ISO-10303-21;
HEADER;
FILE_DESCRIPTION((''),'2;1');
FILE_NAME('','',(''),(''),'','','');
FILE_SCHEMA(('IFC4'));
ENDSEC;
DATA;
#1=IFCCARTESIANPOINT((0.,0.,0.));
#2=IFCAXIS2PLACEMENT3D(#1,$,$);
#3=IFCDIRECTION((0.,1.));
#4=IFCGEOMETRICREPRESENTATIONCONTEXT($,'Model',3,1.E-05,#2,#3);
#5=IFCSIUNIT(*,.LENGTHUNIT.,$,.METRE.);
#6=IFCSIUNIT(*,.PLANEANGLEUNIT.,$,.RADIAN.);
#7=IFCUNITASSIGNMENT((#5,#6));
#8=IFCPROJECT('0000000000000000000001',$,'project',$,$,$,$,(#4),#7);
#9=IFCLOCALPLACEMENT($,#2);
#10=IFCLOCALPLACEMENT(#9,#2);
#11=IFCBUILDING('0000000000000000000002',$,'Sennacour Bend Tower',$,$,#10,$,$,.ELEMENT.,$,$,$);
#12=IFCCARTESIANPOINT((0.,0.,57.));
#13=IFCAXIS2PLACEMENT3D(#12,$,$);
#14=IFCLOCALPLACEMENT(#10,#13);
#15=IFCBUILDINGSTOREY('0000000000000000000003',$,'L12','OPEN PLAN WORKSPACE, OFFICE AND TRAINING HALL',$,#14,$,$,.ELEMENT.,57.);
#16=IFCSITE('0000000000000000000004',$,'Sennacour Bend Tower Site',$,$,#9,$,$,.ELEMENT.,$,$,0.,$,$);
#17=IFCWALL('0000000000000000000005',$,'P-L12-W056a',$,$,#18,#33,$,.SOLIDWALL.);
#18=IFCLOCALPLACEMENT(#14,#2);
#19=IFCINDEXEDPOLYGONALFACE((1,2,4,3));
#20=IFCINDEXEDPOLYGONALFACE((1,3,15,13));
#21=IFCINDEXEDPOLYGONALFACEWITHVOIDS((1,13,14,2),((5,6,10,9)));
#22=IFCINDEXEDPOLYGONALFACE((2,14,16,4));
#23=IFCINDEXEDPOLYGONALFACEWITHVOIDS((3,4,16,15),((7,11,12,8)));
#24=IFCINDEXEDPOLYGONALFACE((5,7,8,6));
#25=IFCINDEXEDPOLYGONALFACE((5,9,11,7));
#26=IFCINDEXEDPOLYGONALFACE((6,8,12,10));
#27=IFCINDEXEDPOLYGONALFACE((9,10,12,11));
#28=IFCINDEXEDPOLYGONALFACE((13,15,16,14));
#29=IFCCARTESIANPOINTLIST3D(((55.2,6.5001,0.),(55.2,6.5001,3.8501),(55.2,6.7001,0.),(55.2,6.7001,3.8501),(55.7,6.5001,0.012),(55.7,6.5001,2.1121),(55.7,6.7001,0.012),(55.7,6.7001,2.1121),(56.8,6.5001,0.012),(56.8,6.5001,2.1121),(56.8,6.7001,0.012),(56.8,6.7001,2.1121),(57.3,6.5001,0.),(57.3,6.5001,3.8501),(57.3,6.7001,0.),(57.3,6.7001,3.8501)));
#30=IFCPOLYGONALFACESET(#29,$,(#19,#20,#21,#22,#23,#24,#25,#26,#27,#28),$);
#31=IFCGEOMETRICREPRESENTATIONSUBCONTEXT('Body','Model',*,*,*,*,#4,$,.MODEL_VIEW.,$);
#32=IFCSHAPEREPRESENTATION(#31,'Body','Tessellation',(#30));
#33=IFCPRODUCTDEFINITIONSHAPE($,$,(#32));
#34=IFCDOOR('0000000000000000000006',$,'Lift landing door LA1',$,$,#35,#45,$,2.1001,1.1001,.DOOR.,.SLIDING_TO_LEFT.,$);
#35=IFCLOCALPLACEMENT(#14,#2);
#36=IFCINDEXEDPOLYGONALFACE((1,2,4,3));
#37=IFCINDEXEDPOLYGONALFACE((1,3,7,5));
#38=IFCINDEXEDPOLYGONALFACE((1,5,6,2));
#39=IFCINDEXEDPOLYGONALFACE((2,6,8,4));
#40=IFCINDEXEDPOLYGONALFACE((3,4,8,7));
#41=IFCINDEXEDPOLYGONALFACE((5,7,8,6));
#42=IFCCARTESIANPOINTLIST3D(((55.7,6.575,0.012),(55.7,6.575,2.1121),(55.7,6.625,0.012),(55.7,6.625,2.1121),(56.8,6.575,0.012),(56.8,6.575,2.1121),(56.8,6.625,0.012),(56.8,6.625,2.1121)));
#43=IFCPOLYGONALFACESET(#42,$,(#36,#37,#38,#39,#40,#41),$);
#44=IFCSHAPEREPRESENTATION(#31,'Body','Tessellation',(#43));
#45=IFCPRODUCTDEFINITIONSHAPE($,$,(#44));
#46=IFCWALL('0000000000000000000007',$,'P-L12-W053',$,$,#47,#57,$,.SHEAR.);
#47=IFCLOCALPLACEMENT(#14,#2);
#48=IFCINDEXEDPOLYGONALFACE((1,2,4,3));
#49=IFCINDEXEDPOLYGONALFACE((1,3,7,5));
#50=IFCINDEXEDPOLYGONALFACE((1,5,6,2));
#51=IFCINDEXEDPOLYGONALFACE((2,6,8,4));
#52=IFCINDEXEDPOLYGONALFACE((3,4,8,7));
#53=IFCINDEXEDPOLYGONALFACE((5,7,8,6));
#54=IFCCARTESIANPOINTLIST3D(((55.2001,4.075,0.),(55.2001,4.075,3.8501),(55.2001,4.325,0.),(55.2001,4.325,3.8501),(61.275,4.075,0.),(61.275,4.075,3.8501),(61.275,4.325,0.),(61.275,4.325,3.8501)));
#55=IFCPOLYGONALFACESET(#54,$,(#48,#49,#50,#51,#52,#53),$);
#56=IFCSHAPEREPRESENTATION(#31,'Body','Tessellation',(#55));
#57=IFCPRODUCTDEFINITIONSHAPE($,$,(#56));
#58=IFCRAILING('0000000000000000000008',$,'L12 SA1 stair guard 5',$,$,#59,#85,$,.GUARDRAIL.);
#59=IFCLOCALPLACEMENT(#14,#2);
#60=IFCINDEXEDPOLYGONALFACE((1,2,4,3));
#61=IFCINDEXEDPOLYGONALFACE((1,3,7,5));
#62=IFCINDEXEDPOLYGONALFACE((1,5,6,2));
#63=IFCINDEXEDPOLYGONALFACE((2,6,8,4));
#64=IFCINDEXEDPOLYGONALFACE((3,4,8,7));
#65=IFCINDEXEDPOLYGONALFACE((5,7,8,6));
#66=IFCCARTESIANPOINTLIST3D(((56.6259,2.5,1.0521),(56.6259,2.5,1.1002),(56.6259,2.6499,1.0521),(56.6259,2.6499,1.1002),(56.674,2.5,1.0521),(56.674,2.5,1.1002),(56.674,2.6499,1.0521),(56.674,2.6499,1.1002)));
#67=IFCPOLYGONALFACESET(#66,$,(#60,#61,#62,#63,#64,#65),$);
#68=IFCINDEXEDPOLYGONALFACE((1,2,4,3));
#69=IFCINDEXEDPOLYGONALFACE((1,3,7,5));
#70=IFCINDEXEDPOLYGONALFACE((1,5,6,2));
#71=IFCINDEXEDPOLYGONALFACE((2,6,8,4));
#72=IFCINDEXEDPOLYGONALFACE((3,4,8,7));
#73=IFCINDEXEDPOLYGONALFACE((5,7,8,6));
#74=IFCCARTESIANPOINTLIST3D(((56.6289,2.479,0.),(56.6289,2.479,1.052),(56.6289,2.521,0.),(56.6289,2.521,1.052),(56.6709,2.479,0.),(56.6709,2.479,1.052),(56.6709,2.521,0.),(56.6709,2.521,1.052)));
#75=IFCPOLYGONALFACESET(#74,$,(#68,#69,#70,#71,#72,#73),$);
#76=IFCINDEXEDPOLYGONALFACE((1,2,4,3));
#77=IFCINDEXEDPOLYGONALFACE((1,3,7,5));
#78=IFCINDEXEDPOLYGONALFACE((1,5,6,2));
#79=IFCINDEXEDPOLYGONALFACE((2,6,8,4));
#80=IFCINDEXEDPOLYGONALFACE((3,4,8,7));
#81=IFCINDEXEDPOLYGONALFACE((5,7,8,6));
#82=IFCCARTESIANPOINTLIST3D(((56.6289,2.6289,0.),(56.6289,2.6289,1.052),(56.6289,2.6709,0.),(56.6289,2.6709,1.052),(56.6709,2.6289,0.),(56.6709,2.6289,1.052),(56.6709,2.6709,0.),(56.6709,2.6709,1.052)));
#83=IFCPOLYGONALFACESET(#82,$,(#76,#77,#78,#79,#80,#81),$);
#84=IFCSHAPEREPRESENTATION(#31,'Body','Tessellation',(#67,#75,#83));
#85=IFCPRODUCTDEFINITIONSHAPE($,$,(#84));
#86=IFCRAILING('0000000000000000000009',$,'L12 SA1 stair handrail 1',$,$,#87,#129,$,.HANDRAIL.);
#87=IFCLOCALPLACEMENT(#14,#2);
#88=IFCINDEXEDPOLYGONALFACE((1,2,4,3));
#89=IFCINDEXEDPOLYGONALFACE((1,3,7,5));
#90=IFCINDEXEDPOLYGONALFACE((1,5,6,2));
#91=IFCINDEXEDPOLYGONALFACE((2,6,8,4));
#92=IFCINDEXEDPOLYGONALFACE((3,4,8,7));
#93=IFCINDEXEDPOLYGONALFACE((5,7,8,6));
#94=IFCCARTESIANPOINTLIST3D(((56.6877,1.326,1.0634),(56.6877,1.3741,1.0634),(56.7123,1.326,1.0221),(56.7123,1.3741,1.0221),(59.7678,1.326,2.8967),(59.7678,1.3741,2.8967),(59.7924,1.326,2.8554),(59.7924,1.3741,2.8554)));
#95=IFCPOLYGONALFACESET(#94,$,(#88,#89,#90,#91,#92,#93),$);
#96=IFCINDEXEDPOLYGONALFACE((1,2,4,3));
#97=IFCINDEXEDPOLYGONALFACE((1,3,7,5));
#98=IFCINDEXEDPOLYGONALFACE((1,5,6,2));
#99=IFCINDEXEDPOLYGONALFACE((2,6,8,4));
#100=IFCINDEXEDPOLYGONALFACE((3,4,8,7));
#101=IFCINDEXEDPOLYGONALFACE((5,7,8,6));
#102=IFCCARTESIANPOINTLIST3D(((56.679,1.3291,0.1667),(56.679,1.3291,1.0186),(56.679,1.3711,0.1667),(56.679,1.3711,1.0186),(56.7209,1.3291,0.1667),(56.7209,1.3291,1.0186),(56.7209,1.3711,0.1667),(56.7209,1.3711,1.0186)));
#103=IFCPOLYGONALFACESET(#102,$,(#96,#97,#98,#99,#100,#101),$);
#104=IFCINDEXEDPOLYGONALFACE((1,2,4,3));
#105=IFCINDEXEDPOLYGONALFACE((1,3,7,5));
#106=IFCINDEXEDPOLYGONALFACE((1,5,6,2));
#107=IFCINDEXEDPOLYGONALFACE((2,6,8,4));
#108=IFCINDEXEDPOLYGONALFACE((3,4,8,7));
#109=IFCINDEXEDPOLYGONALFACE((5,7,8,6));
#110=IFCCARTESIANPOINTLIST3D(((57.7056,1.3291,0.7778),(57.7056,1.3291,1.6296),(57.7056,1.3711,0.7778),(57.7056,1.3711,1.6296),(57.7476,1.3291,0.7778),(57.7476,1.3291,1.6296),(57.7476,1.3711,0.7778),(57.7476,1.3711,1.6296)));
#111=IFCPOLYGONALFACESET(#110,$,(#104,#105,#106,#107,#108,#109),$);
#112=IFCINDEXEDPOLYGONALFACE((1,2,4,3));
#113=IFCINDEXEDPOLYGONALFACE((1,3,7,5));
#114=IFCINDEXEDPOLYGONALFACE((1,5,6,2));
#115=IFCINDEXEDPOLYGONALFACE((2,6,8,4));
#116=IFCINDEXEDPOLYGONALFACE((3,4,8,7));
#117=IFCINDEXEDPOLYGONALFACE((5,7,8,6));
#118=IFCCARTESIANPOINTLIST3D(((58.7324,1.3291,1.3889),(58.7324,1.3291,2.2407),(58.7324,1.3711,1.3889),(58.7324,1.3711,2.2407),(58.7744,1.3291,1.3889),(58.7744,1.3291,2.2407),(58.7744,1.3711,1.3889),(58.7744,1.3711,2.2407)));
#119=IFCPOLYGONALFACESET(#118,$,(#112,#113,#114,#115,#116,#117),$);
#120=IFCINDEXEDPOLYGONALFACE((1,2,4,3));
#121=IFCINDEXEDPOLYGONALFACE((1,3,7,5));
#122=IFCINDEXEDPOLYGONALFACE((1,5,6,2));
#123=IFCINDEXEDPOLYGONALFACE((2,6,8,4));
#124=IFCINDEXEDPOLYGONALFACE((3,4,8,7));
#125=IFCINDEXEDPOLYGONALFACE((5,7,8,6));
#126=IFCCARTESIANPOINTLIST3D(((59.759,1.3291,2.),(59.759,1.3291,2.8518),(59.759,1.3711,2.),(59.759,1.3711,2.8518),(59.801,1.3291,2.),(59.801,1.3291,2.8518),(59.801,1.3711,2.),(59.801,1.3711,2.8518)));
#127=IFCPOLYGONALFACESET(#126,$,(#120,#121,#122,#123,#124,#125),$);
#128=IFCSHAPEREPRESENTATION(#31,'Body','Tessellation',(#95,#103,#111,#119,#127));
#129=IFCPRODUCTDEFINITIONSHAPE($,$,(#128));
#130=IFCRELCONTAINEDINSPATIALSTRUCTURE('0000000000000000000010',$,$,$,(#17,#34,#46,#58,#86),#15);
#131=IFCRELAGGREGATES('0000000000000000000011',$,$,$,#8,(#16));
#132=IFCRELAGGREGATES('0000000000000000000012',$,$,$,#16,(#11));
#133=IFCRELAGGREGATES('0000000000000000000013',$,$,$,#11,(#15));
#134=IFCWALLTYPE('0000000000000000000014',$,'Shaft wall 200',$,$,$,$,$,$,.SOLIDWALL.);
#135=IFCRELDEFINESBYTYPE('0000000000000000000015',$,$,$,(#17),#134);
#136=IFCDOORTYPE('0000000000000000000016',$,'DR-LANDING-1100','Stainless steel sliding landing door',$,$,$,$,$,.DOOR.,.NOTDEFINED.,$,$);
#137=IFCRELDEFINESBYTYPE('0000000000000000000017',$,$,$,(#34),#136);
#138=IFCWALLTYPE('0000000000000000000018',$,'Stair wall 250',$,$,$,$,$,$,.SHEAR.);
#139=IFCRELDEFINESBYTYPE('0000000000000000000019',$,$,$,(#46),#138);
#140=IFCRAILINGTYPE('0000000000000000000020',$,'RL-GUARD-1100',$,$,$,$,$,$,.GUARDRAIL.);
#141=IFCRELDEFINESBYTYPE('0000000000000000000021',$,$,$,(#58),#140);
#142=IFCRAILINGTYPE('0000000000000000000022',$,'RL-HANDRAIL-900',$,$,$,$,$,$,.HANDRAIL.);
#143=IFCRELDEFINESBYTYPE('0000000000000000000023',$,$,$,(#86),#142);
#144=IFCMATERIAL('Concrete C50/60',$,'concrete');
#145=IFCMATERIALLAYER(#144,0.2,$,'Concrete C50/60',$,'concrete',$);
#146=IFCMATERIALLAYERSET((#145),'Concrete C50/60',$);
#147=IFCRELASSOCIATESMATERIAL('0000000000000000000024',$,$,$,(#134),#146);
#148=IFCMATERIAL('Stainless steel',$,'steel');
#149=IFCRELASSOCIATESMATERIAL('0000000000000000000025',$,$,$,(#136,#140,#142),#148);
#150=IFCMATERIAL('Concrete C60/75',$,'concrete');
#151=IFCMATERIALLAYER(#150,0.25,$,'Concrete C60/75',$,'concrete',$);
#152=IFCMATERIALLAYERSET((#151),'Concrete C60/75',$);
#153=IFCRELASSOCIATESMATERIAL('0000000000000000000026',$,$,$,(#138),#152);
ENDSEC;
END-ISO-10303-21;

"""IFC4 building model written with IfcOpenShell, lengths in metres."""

from ifc_helpers import new_model, si_unit, direction, frame, frame_2d, origin, origin_2d, place, context, subcontext, project, spatial, rectangle, extrude, material, layer, layer_set, type_object, element, fill, save


model = new_model("IFC4")

# Units and contexts
model_context = context("Model", 3, precision=1e-05, world=origin(), true_north=direction((0.0, 1.0)))
body_context = subcontext(model_context, "Body", "Model", "MODEL_VIEW")
ifc_project = project(units=[si_unit("LENGTHUNIT", "METRE"), si_unit("PLANEANGLEUNIT", "RADIAN")], contexts=[model_context])

# Site, building, storey
site_placement = place(None, origin())
site = spatial("IfcSite", under=ifc_project, at=site_placement, Name="Sennacour Bend Tower Site", CompositionType="ELEMENT", RefElevation=0.0)
building_placement = place(site_placement, origin())
building = spatial("IfcBuilding", under=site, at=building_placement, Name="Sennacour Bend Tower", CompositionType="ELEMENT")
storey_placement = place(building_placement, frame((0.0, 0.0, 57.0)))
storey = spatial("IfcBuildingStorey", under=building, at=storey_placement, Name="L12", Description="OPEN PLAN WORKSPACE, OFFICE AND TRAINING HALL", CompositionType="ELEMENT", Elevation=57.0)

# Wall, opening, door
ifc_material_1 = material(Name="Concrete C50/60", Category="concrete")
ifc_layer_1 = layer(ifc_material_1, 0.2, Name="Concrete C50/60", Category="concrete")
ifc_layer_set_1 = layer_set([ifc_layer_1], Name="Concrete C50/60")
wall_type_1 = type_object("IfcWallType", Name="Shaft wall 200", PredefinedType="SOLIDWALL", material=ifc_layer_set_1)
wall_1_placement = place(storey_placement, frame((55.2, 6.6001, 0.0), z_axis=(0.0, 0.0, 1.0), x_axis=(1.0, 0.0, 0.0)))
wall_1 = element("IfcWall", 1, at=wall_1_placement, inside=storey, type_object=wall_type_1, Name="P-L12-W056a", PredefinedType="SOLIDWALL", context=body_context, shape_type="SweptSolid", body=[
    extrude(rectangle(XDim=2.1001, YDim=0.2, at=frame_2d((1.05, 0.0))), origin(), (0.0, 0.0, 1.0), 3.8501),
])
opening_1_placement = place(wall_1_placement, frame((0.5, 0.0, 0.012)))
opening_1 = element("IfcOpeningElement", 2, at=opening_1_placement, cuts=wall_1, PredefinedType="OPENING", context=body_context, shape_type="SweptSolid", body=[
    extrude(rectangle(XDim=1.1001, YDim=2.1001, at=frame_2d((0.55, 1.05))), frame((0.0, 0.1099, 0.0), z_axis=(0.0, -1.0, 0.0), x_axis=(1.0, 0.0, 0.0)), (0.0, 0.0, 1.0), 0.22),
])
ifc_material_2 = material(Name="Stainless steel", Category="steel")
door_type_1 = type_object("IfcDoorType", Name="DR-LANDING-1100", Description="Stainless steel sliding landing door", OperationType="NOTDEFINED", PredefinedType="DOOR", material=ifc_material_2)
door_1_placement = place(opening_1_placement, origin())
door_1 = element("IfcDoor", 3, at=door_1_placement, inside=storey, type_object=door_type_1, Name="Lift landing door LA1", OperationType="SLIDING_TO_LEFT", OverallHeight=2.1001, OverallWidth=1.1001, PredefinedType="DOOR", context=body_context, shape_type="SweptSolid", body=[
    extrude(rectangle(XDim=1.1001, YDim=2.1001, at=frame_2d((0.55, 1.05))), frame((0.0, 0.0249, 0.0), z_axis=(0.0, -1.0, 0.0), x_axis=(1.0, 0.0, 0.0)), (0.0, 0.0, 1.0), 0.05),
])
fill(opening_1, door_1)

# Wall
ifc_material_3 = material(Name="Concrete C60/75", Category="concrete")
ifc_layer_2 = layer(ifc_material_3, 0.25, Name="Concrete C60/75", Category="concrete")
ifc_layer_set_2 = layer_set([ifc_layer_2], Name="Concrete C60/75")
wall_type_2 = type_object("IfcWallType", Name="Stair wall 250", PredefinedType="SHEAR", material=ifc_layer_set_2)
wall_2_placement = place(storey_placement, frame((55.2, 4.2, 0.0), z_axis=(0.0, 0.0, 1.0), x_axis=(1.0, 0.0, 0.0)))
element("IfcWall", 4, at=wall_2_placement, inside=storey, type_object=wall_type_2, Name="P-L12-W053", PredefinedType="SHEAR", context=body_context, shape_type="SweptSolid", body=[
    extrude(rectangle(XDim=6.075, YDim=0.25, at=frame_2d((3.0376, 0.0))), origin(), (0.0, 0.0, 1.0), 3.8501),
])

# Railings
railing_type_1 = type_object("IfcRailingType", Name="RL-GUARD-1100", PredefinedType="GUARDRAIL", material=ifc_material_2)
railing_1_placement = place(storey_placement, frame((56.6499, 2.5, 0.0)))
element("IfcRailing", 5, at=railing_1_placement, inside=storey, type_object=railing_type_1, Name="L12 SA1 stair guard 5", PredefinedType="GUARDRAIL", context=body_context, shape_type="SweptSolid", body=[
    extrude(rectangle(XDim=0.0481, YDim=0.0481, at=origin_2d()), frame((0.0, 0.0, 1.0762), z_axis=(0.0, 1.0, 0.0), x_axis=(-1.0, 0.0, 0.0)), (0.0, 0.0, 1.0), 0.1499),
    extrude(rectangle(XDim=0.042, YDim=0.042, at=origin_2d()), origin(), (0.0, 0.0, 1.0), 1.052),
    extrude(rectangle(XDim=0.042, YDim=0.042, at=origin_2d()), frame((0.0, 0.1499, 0.0)), (0.0, 0.0, 1.0), 1.052),
])
railing_type_2 = type_object("IfcRailingType", Name="RL-HANDRAIL-900", PredefinedType="HANDRAIL", material=ifc_material_2)
railing_2_placement = place(storey_placement, frame((56.7, 1.3501, 0.1667)))
element("IfcRailing", 6, at=railing_2_placement, inside=storey, type_object=railing_type_2, Name="L12 SA1 stair handrail 1", PredefinedType="HANDRAIL", context=body_context, shape_type="SweptSolid", body=[
    extrude(rectangle(XDim=0.0481, YDim=0.0481, at=origin_2d()), frame((0.0, 0.0, 0.876), z_axis=(0.859309, 0.0, 0.511458), x_axis=(0.0, 1.0, 0.0)), (0.0, 0.0, 1.0), 3.5845),
    extrude(rectangle(XDim=0.042, YDim=0.042, at=origin_2d()), origin(), (0.0, 0.0, 1.0), 0.8518),
    extrude(rectangle(XDim=0.042, YDim=0.042, at=origin_2d()), frame((1.0266, 0.0, 0.6111)), (0.0, 0.0, 1.0), 0.8518),
    extrude(rectangle(XDim=0.042, YDim=0.042, at=origin_2d()), frame((2.0535, 0.0, 1.2222)), (0.0, 0.0, 1.0), 0.8518),
    extrude(rectangle(XDim=0.042, YDim=0.042, at=origin_2d()), frame((3.0801, 0.0, 1.8333)), (0.0, 0.0, 1.0), 0.8518),
])

save(model, "model.ifc")
